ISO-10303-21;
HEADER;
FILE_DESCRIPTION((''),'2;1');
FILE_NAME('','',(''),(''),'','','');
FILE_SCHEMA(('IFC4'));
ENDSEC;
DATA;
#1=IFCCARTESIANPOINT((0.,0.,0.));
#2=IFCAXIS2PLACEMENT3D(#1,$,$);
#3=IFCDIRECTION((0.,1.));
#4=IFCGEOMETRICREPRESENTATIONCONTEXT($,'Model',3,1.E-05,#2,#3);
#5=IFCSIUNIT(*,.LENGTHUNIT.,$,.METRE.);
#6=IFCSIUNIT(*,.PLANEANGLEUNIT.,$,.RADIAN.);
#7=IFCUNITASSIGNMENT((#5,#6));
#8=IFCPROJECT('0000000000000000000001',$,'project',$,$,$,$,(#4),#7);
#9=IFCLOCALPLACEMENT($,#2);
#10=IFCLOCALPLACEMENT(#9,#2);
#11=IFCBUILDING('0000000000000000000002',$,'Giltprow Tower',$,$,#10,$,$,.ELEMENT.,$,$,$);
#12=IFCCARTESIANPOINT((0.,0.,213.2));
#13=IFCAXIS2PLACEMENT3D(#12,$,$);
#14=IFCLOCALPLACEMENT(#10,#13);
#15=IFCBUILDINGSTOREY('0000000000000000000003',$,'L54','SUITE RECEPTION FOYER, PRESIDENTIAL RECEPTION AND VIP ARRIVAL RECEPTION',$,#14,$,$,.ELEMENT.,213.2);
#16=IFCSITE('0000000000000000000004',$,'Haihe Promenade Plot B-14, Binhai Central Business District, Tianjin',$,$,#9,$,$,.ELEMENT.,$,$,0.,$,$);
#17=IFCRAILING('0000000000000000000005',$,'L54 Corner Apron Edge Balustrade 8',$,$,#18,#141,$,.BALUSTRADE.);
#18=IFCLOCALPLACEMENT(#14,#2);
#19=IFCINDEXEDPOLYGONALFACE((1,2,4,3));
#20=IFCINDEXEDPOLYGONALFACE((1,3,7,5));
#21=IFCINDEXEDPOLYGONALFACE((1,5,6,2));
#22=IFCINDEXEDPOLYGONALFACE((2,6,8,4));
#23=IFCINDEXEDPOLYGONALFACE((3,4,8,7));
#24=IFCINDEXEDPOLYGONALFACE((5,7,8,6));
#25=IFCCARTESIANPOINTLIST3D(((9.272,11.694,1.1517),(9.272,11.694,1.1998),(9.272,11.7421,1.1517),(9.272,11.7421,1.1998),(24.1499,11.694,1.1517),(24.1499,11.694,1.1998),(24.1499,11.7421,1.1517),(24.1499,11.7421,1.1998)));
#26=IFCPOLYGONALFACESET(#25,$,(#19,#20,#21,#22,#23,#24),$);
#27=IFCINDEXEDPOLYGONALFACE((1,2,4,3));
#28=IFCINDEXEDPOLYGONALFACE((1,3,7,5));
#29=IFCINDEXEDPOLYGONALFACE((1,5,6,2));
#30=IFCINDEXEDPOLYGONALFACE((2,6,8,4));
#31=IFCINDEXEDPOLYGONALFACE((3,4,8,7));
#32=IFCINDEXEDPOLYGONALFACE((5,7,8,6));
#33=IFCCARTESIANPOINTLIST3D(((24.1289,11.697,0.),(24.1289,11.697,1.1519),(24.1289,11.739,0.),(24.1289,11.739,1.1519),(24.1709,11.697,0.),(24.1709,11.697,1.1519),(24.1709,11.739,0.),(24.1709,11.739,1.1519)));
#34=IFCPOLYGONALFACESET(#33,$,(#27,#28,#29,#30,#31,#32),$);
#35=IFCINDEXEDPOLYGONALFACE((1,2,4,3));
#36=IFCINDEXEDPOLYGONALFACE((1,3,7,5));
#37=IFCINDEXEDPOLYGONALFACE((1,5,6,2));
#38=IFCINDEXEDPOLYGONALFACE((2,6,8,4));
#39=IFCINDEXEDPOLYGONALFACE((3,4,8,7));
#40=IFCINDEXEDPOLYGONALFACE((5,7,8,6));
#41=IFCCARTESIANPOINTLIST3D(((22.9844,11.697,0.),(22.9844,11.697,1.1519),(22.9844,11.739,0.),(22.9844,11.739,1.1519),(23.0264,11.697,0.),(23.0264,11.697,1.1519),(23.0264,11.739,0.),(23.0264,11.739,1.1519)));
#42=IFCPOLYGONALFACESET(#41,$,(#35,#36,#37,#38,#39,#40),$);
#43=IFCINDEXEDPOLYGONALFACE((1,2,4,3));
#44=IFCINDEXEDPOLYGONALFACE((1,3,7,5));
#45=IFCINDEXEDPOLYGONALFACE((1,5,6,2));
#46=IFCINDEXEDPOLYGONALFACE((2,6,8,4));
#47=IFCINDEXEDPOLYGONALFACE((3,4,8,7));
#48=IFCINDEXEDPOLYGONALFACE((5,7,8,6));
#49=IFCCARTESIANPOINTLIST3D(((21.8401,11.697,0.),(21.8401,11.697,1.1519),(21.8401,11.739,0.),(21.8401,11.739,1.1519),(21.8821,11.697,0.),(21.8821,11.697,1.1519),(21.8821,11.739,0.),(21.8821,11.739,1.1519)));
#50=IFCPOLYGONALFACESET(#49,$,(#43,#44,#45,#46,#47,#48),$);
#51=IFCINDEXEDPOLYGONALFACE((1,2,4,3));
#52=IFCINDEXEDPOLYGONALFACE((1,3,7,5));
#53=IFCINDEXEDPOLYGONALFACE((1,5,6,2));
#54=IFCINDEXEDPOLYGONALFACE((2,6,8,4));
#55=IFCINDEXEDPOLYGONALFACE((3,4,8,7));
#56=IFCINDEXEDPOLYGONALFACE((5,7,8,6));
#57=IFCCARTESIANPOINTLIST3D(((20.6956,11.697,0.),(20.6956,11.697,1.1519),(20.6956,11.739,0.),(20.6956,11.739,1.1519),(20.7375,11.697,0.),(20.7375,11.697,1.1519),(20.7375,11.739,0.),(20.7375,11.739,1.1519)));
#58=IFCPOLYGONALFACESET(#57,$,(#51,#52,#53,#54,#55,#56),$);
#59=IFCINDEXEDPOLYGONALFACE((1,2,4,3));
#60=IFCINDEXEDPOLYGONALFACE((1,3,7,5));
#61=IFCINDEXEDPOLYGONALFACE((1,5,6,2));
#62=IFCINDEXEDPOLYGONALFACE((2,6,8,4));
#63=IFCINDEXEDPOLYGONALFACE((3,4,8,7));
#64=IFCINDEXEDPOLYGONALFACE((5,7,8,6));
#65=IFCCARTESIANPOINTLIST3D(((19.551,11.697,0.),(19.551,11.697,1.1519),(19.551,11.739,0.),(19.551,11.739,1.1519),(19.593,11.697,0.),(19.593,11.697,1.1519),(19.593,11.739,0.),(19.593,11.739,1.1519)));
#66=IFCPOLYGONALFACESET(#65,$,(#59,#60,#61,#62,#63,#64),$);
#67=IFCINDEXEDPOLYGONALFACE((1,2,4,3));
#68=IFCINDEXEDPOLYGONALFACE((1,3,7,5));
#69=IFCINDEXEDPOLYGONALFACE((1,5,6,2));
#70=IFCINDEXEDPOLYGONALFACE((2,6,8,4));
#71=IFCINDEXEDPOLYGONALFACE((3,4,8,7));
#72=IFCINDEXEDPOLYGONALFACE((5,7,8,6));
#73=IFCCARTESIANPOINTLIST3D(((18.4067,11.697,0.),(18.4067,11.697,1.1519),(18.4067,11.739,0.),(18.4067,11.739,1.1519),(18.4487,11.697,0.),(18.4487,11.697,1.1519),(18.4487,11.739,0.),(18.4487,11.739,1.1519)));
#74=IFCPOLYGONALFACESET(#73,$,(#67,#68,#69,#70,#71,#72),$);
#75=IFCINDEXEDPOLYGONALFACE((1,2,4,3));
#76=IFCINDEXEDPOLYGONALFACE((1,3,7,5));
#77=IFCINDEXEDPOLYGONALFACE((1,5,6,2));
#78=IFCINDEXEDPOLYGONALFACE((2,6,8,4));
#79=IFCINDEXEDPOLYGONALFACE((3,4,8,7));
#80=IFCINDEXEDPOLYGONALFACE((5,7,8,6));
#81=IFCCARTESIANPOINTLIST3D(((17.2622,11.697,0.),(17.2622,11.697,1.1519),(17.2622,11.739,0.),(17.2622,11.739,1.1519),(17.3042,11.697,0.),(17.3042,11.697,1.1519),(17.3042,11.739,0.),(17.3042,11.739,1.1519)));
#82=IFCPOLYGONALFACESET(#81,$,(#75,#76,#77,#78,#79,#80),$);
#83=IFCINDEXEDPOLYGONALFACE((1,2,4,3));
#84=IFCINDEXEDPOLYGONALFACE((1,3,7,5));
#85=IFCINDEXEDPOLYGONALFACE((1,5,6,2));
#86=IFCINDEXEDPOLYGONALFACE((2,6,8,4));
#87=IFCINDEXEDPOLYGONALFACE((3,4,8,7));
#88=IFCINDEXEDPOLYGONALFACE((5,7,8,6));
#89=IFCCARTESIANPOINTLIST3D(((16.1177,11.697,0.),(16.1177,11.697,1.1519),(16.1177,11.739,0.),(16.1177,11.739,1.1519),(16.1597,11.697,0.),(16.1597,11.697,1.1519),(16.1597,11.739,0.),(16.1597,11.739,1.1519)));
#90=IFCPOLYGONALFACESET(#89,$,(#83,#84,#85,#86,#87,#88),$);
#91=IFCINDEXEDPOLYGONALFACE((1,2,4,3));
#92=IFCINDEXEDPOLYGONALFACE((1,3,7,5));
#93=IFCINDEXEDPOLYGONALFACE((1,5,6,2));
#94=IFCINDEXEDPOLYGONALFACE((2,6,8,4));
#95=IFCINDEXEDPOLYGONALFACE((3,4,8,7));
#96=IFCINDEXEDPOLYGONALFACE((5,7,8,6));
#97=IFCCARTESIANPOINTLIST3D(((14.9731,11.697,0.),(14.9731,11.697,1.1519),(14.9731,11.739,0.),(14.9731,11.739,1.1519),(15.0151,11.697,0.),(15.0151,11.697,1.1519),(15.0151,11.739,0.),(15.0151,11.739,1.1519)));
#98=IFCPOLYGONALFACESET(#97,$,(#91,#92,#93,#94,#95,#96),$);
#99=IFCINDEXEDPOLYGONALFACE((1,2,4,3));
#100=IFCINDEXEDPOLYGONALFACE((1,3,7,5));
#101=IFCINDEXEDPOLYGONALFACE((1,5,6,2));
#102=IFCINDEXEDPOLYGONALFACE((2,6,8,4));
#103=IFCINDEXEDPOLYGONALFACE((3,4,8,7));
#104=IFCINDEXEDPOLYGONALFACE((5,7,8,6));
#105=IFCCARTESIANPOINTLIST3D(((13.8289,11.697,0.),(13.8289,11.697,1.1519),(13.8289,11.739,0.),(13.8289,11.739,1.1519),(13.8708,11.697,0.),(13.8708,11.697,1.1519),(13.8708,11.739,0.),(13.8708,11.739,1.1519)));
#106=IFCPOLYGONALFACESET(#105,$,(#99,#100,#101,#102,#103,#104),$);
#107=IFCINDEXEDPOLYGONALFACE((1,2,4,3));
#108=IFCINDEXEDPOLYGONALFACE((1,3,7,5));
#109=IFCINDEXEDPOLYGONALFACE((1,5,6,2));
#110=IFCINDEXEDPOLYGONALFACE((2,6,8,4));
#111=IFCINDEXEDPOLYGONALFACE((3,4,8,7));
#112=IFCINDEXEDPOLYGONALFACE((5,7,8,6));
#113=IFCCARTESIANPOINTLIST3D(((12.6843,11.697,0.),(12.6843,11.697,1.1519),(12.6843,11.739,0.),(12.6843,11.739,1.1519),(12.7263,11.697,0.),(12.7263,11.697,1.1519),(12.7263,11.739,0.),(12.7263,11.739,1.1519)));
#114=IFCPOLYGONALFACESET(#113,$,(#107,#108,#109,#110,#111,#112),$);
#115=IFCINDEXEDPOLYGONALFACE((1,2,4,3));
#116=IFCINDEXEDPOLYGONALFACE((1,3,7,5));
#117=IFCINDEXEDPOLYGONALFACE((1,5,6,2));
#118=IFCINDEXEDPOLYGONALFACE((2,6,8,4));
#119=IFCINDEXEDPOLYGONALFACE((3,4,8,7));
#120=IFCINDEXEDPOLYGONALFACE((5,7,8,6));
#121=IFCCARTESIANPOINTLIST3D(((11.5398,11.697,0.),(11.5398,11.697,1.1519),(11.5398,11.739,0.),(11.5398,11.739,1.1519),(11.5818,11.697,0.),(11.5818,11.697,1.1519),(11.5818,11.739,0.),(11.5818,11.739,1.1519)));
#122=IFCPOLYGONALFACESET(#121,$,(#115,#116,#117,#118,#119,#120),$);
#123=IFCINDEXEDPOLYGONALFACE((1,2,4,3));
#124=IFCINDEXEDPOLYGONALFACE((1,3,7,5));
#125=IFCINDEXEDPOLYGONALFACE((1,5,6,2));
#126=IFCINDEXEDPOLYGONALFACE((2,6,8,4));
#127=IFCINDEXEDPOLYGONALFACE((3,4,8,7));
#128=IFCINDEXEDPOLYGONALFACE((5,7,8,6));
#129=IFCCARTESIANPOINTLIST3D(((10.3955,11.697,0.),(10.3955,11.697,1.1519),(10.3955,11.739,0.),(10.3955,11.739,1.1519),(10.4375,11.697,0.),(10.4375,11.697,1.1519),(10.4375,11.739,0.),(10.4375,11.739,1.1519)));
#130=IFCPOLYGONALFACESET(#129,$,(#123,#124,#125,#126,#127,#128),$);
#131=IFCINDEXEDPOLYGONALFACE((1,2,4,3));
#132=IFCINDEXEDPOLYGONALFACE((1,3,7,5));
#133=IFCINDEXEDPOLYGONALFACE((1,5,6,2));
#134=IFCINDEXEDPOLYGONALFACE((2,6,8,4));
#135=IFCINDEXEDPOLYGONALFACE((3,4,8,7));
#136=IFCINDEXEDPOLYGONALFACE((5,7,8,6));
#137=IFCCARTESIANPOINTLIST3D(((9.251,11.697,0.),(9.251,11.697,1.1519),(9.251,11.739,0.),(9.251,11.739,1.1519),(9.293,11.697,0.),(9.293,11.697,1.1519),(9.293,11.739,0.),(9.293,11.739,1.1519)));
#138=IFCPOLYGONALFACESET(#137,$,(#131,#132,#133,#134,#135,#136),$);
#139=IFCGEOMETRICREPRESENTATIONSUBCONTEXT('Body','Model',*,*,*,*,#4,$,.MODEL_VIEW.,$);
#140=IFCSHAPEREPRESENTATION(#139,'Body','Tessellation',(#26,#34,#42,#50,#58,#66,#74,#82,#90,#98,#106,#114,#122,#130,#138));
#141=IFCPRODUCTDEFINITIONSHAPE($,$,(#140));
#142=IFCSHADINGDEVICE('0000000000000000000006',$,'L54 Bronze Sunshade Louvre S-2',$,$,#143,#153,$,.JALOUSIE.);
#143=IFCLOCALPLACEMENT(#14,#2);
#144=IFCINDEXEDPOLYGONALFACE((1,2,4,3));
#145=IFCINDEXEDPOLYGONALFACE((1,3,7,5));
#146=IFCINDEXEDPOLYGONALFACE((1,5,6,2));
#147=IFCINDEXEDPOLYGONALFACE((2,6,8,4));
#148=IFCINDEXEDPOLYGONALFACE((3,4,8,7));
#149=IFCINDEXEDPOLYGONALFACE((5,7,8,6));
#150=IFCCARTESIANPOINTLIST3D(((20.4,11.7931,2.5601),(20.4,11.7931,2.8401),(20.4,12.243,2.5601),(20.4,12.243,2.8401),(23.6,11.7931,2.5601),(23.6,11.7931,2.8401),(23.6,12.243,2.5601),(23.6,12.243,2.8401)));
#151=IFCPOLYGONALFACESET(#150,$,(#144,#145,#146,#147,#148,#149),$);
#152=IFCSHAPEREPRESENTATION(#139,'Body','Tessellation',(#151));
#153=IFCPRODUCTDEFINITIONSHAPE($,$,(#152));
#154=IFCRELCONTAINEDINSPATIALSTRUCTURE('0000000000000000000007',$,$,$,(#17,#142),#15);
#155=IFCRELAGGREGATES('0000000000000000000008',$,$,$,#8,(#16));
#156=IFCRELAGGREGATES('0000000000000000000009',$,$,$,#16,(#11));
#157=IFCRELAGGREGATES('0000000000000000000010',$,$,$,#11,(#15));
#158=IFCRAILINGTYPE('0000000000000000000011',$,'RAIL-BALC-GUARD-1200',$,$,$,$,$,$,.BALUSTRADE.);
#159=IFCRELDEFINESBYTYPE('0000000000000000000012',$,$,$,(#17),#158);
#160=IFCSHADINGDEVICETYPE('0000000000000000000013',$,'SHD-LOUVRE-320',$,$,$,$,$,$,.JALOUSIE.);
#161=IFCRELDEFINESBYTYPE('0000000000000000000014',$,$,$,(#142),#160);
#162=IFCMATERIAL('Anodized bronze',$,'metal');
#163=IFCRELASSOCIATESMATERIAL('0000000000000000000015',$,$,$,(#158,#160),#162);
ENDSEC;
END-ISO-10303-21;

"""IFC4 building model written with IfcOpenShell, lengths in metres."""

from ifc_helpers import new_model, si_unit, direction, frame, origin, origin_2d, place, context, subcontext, project, spatial, rectangle, extrude, source, transform, mapped, material, type_object, element, save


model = new_model("IFC4")

# Units and contexts
model_context = context("Model", 3, precision=1e-05, world=origin(), true_north=direction((0.0, 1.0)))
body_context = subcontext(model_context, "Body", "Model", "MODEL_VIEW")
ifc_project = project(units=[si_unit("LENGTHUNIT", "METRE"), si_unit("PLANEANGLEUNIT", "RADIAN")], contexts=[model_context])

# Site, building, storey
site_placement = place(None, origin())
site = spatial("IfcSite", under=ifc_project, at=site_placement, Name="Haihe Promenade Plot B-14, Binhai Central Business District, Tianjin", CompositionType="ELEMENT", RefElevation=0.0)
building_placement = place(site_placement, origin())
building = spatial("IfcBuilding", under=site, at=building_placement, Name="Giltprow Tower", CompositionType="ELEMENT")
storey_placement = place(building_placement, frame((0.0, 0.0, 213.2)))
storey = spatial("IfcBuildingStorey", under=building, at=storey_placement, Name="L54", Description="SUITE RECEPTION FOYER, PRESIDENTIAL RECEPTION AND VIP ARRIVAL RECEPTION", CompositionType="ELEMENT", Elevation=213.2)

# Railing
ifc_material_1 = material(Name="Anodized bronze", Category="metal")
railing_type = type_object("IfcRailingType", Name="RAIL-BALC-GUARD-1200", PredefinedType="BALUSTRADE", material=ifc_material_1)
railing_1_placement = place(storey_placement, frame((24.1499, 11.718, 0.0)))
element("IfcRailing", 1, at=railing_1_placement, inside=storey, type_object=railing_type, Name="L54 Corner Apron Edge Balustrade 8", PredefinedType="BALUSTRADE", context=body_context, shape_type="SweptSolid", body=[
    extrude(rectangle(XDim=0.0481, YDim=0.0481, at=origin_2d()), frame((0.0, 0.0, 1.1758), z_axis=(-1.0, 0.0, 0.0), x_axis=(0.0, -1.0, 0.0)), (0.0, 0.0, 1.0), 14.8779),
    extrude(rectangle(XDim=0.042, YDim=0.042, at=origin_2d()), origin(), (0.0, 0.0, 1.0), 1.1519),
    extrude(rectangle(XDim=0.042, YDim=0.042, at=origin_2d()), frame((-1.1445, 0.0, 0.0)), (0.0, 0.0, 1.0), 1.1519),
    extrude(rectangle(XDim=0.042, YDim=0.042, at=origin_2d()), frame((-2.2888, 0.0, 0.0)), (0.0, 0.0, 1.0), 1.1519),
    extrude(rectangle(XDim=0.042, YDim=0.042, at=origin_2d()), frame((-3.4333, 0.0, 0.0)), (0.0, 0.0, 1.0), 1.1519),
    extrude(rectangle(XDim=0.042, YDim=0.042, at=origin_2d()), frame((-4.5779, 0.0, 0.0)), (0.0, 0.0, 1.0), 1.1519),
    extrude(rectangle(XDim=0.042, YDim=0.042, at=origin_2d()), frame((-5.7222, 0.0, 0.0)), (0.0, 0.0, 1.0), 1.1519),
    extrude(rectangle(XDim=0.042, YDim=0.042, at=origin_2d()), frame((-6.8667, 0.0, 0.0)), (0.0, 0.0, 1.0), 1.1519),
    extrude(rectangle(XDim=0.042, YDim=0.042, at=origin_2d()), frame((-8.0112, 0.0, 0.0)), (0.0, 0.0, 1.0), 1.1519),
    extrude(rectangle(XDim=0.042, YDim=0.042, at=origin_2d()), frame((-9.1558, 0.0, 0.0)), (0.0, 0.0, 1.0), 1.1519),
    extrude(rectangle(XDim=0.042, YDim=0.042, at=origin_2d()), frame((-10.3, 0.0, 0.0)), (0.0, 0.0, 1.0), 1.1519),
    extrude(rectangle(XDim=0.042, YDim=0.042, at=origin_2d()), frame((-11.4446, 0.0, 0.0)), (0.0, 0.0, 1.0), 1.1519),
    extrude(rectangle(XDim=0.042, YDim=0.042, at=origin_2d()), frame((-12.5891, 0.0, 0.0)), (0.0, 0.0, 1.0), 1.1519),
    extrude(rectangle(XDim=0.042, YDim=0.042, at=origin_2d()), frame((-13.7334, 0.0, 0.0)), (0.0, 0.0, 1.0), 1.1519),
    extrude(rectangle(XDim=0.042, YDim=0.042, at=origin_2d()), frame((-14.8779, 0.0, 0.0)), (0.0, 0.0, 1.0), 1.1519),
])

# Shading device
shading_device_type = type_object("IfcShadingDeviceType", Name="SHD-LOUVRE-320", PredefinedType="JALOUSIE", material=ifc_material_1)
shared_shape_1 = source(origin(), body_context, "Body", "SweptSolid", [
    extrude(rectangle(XDim=3.2, YDim=0.45, at=origin_2d()), origin(), (0.0, 0.0, 1.0), 0.28),
])
shading_device_placement = place(storey_placement, frame((22.0, 12.0181, 2.5601), z_axis=(0.0, 0.0, 1.0), x_axis=(1.0, 0.0, 0.0)))
element("IfcShadingDevice", 2, at=shading_device_placement, inside=storey, type_object=shading_device_type, Name="L54 Bronze Sunshade Louvre S-2", PredefinedType="JALOUSIE", context=body_context, shape_type="MappedRepresentation", body=[
    mapped(shared_shape_1, transform((0.0, 0.0, 0.0), x_axis=(1.0, 0.0, 0.0), y_axis=(0.0, 1.0, 0.0), z_axis=(0.0, 0.0, 1.0), scale=1.0)),
])

save(model, "model.ifc")
